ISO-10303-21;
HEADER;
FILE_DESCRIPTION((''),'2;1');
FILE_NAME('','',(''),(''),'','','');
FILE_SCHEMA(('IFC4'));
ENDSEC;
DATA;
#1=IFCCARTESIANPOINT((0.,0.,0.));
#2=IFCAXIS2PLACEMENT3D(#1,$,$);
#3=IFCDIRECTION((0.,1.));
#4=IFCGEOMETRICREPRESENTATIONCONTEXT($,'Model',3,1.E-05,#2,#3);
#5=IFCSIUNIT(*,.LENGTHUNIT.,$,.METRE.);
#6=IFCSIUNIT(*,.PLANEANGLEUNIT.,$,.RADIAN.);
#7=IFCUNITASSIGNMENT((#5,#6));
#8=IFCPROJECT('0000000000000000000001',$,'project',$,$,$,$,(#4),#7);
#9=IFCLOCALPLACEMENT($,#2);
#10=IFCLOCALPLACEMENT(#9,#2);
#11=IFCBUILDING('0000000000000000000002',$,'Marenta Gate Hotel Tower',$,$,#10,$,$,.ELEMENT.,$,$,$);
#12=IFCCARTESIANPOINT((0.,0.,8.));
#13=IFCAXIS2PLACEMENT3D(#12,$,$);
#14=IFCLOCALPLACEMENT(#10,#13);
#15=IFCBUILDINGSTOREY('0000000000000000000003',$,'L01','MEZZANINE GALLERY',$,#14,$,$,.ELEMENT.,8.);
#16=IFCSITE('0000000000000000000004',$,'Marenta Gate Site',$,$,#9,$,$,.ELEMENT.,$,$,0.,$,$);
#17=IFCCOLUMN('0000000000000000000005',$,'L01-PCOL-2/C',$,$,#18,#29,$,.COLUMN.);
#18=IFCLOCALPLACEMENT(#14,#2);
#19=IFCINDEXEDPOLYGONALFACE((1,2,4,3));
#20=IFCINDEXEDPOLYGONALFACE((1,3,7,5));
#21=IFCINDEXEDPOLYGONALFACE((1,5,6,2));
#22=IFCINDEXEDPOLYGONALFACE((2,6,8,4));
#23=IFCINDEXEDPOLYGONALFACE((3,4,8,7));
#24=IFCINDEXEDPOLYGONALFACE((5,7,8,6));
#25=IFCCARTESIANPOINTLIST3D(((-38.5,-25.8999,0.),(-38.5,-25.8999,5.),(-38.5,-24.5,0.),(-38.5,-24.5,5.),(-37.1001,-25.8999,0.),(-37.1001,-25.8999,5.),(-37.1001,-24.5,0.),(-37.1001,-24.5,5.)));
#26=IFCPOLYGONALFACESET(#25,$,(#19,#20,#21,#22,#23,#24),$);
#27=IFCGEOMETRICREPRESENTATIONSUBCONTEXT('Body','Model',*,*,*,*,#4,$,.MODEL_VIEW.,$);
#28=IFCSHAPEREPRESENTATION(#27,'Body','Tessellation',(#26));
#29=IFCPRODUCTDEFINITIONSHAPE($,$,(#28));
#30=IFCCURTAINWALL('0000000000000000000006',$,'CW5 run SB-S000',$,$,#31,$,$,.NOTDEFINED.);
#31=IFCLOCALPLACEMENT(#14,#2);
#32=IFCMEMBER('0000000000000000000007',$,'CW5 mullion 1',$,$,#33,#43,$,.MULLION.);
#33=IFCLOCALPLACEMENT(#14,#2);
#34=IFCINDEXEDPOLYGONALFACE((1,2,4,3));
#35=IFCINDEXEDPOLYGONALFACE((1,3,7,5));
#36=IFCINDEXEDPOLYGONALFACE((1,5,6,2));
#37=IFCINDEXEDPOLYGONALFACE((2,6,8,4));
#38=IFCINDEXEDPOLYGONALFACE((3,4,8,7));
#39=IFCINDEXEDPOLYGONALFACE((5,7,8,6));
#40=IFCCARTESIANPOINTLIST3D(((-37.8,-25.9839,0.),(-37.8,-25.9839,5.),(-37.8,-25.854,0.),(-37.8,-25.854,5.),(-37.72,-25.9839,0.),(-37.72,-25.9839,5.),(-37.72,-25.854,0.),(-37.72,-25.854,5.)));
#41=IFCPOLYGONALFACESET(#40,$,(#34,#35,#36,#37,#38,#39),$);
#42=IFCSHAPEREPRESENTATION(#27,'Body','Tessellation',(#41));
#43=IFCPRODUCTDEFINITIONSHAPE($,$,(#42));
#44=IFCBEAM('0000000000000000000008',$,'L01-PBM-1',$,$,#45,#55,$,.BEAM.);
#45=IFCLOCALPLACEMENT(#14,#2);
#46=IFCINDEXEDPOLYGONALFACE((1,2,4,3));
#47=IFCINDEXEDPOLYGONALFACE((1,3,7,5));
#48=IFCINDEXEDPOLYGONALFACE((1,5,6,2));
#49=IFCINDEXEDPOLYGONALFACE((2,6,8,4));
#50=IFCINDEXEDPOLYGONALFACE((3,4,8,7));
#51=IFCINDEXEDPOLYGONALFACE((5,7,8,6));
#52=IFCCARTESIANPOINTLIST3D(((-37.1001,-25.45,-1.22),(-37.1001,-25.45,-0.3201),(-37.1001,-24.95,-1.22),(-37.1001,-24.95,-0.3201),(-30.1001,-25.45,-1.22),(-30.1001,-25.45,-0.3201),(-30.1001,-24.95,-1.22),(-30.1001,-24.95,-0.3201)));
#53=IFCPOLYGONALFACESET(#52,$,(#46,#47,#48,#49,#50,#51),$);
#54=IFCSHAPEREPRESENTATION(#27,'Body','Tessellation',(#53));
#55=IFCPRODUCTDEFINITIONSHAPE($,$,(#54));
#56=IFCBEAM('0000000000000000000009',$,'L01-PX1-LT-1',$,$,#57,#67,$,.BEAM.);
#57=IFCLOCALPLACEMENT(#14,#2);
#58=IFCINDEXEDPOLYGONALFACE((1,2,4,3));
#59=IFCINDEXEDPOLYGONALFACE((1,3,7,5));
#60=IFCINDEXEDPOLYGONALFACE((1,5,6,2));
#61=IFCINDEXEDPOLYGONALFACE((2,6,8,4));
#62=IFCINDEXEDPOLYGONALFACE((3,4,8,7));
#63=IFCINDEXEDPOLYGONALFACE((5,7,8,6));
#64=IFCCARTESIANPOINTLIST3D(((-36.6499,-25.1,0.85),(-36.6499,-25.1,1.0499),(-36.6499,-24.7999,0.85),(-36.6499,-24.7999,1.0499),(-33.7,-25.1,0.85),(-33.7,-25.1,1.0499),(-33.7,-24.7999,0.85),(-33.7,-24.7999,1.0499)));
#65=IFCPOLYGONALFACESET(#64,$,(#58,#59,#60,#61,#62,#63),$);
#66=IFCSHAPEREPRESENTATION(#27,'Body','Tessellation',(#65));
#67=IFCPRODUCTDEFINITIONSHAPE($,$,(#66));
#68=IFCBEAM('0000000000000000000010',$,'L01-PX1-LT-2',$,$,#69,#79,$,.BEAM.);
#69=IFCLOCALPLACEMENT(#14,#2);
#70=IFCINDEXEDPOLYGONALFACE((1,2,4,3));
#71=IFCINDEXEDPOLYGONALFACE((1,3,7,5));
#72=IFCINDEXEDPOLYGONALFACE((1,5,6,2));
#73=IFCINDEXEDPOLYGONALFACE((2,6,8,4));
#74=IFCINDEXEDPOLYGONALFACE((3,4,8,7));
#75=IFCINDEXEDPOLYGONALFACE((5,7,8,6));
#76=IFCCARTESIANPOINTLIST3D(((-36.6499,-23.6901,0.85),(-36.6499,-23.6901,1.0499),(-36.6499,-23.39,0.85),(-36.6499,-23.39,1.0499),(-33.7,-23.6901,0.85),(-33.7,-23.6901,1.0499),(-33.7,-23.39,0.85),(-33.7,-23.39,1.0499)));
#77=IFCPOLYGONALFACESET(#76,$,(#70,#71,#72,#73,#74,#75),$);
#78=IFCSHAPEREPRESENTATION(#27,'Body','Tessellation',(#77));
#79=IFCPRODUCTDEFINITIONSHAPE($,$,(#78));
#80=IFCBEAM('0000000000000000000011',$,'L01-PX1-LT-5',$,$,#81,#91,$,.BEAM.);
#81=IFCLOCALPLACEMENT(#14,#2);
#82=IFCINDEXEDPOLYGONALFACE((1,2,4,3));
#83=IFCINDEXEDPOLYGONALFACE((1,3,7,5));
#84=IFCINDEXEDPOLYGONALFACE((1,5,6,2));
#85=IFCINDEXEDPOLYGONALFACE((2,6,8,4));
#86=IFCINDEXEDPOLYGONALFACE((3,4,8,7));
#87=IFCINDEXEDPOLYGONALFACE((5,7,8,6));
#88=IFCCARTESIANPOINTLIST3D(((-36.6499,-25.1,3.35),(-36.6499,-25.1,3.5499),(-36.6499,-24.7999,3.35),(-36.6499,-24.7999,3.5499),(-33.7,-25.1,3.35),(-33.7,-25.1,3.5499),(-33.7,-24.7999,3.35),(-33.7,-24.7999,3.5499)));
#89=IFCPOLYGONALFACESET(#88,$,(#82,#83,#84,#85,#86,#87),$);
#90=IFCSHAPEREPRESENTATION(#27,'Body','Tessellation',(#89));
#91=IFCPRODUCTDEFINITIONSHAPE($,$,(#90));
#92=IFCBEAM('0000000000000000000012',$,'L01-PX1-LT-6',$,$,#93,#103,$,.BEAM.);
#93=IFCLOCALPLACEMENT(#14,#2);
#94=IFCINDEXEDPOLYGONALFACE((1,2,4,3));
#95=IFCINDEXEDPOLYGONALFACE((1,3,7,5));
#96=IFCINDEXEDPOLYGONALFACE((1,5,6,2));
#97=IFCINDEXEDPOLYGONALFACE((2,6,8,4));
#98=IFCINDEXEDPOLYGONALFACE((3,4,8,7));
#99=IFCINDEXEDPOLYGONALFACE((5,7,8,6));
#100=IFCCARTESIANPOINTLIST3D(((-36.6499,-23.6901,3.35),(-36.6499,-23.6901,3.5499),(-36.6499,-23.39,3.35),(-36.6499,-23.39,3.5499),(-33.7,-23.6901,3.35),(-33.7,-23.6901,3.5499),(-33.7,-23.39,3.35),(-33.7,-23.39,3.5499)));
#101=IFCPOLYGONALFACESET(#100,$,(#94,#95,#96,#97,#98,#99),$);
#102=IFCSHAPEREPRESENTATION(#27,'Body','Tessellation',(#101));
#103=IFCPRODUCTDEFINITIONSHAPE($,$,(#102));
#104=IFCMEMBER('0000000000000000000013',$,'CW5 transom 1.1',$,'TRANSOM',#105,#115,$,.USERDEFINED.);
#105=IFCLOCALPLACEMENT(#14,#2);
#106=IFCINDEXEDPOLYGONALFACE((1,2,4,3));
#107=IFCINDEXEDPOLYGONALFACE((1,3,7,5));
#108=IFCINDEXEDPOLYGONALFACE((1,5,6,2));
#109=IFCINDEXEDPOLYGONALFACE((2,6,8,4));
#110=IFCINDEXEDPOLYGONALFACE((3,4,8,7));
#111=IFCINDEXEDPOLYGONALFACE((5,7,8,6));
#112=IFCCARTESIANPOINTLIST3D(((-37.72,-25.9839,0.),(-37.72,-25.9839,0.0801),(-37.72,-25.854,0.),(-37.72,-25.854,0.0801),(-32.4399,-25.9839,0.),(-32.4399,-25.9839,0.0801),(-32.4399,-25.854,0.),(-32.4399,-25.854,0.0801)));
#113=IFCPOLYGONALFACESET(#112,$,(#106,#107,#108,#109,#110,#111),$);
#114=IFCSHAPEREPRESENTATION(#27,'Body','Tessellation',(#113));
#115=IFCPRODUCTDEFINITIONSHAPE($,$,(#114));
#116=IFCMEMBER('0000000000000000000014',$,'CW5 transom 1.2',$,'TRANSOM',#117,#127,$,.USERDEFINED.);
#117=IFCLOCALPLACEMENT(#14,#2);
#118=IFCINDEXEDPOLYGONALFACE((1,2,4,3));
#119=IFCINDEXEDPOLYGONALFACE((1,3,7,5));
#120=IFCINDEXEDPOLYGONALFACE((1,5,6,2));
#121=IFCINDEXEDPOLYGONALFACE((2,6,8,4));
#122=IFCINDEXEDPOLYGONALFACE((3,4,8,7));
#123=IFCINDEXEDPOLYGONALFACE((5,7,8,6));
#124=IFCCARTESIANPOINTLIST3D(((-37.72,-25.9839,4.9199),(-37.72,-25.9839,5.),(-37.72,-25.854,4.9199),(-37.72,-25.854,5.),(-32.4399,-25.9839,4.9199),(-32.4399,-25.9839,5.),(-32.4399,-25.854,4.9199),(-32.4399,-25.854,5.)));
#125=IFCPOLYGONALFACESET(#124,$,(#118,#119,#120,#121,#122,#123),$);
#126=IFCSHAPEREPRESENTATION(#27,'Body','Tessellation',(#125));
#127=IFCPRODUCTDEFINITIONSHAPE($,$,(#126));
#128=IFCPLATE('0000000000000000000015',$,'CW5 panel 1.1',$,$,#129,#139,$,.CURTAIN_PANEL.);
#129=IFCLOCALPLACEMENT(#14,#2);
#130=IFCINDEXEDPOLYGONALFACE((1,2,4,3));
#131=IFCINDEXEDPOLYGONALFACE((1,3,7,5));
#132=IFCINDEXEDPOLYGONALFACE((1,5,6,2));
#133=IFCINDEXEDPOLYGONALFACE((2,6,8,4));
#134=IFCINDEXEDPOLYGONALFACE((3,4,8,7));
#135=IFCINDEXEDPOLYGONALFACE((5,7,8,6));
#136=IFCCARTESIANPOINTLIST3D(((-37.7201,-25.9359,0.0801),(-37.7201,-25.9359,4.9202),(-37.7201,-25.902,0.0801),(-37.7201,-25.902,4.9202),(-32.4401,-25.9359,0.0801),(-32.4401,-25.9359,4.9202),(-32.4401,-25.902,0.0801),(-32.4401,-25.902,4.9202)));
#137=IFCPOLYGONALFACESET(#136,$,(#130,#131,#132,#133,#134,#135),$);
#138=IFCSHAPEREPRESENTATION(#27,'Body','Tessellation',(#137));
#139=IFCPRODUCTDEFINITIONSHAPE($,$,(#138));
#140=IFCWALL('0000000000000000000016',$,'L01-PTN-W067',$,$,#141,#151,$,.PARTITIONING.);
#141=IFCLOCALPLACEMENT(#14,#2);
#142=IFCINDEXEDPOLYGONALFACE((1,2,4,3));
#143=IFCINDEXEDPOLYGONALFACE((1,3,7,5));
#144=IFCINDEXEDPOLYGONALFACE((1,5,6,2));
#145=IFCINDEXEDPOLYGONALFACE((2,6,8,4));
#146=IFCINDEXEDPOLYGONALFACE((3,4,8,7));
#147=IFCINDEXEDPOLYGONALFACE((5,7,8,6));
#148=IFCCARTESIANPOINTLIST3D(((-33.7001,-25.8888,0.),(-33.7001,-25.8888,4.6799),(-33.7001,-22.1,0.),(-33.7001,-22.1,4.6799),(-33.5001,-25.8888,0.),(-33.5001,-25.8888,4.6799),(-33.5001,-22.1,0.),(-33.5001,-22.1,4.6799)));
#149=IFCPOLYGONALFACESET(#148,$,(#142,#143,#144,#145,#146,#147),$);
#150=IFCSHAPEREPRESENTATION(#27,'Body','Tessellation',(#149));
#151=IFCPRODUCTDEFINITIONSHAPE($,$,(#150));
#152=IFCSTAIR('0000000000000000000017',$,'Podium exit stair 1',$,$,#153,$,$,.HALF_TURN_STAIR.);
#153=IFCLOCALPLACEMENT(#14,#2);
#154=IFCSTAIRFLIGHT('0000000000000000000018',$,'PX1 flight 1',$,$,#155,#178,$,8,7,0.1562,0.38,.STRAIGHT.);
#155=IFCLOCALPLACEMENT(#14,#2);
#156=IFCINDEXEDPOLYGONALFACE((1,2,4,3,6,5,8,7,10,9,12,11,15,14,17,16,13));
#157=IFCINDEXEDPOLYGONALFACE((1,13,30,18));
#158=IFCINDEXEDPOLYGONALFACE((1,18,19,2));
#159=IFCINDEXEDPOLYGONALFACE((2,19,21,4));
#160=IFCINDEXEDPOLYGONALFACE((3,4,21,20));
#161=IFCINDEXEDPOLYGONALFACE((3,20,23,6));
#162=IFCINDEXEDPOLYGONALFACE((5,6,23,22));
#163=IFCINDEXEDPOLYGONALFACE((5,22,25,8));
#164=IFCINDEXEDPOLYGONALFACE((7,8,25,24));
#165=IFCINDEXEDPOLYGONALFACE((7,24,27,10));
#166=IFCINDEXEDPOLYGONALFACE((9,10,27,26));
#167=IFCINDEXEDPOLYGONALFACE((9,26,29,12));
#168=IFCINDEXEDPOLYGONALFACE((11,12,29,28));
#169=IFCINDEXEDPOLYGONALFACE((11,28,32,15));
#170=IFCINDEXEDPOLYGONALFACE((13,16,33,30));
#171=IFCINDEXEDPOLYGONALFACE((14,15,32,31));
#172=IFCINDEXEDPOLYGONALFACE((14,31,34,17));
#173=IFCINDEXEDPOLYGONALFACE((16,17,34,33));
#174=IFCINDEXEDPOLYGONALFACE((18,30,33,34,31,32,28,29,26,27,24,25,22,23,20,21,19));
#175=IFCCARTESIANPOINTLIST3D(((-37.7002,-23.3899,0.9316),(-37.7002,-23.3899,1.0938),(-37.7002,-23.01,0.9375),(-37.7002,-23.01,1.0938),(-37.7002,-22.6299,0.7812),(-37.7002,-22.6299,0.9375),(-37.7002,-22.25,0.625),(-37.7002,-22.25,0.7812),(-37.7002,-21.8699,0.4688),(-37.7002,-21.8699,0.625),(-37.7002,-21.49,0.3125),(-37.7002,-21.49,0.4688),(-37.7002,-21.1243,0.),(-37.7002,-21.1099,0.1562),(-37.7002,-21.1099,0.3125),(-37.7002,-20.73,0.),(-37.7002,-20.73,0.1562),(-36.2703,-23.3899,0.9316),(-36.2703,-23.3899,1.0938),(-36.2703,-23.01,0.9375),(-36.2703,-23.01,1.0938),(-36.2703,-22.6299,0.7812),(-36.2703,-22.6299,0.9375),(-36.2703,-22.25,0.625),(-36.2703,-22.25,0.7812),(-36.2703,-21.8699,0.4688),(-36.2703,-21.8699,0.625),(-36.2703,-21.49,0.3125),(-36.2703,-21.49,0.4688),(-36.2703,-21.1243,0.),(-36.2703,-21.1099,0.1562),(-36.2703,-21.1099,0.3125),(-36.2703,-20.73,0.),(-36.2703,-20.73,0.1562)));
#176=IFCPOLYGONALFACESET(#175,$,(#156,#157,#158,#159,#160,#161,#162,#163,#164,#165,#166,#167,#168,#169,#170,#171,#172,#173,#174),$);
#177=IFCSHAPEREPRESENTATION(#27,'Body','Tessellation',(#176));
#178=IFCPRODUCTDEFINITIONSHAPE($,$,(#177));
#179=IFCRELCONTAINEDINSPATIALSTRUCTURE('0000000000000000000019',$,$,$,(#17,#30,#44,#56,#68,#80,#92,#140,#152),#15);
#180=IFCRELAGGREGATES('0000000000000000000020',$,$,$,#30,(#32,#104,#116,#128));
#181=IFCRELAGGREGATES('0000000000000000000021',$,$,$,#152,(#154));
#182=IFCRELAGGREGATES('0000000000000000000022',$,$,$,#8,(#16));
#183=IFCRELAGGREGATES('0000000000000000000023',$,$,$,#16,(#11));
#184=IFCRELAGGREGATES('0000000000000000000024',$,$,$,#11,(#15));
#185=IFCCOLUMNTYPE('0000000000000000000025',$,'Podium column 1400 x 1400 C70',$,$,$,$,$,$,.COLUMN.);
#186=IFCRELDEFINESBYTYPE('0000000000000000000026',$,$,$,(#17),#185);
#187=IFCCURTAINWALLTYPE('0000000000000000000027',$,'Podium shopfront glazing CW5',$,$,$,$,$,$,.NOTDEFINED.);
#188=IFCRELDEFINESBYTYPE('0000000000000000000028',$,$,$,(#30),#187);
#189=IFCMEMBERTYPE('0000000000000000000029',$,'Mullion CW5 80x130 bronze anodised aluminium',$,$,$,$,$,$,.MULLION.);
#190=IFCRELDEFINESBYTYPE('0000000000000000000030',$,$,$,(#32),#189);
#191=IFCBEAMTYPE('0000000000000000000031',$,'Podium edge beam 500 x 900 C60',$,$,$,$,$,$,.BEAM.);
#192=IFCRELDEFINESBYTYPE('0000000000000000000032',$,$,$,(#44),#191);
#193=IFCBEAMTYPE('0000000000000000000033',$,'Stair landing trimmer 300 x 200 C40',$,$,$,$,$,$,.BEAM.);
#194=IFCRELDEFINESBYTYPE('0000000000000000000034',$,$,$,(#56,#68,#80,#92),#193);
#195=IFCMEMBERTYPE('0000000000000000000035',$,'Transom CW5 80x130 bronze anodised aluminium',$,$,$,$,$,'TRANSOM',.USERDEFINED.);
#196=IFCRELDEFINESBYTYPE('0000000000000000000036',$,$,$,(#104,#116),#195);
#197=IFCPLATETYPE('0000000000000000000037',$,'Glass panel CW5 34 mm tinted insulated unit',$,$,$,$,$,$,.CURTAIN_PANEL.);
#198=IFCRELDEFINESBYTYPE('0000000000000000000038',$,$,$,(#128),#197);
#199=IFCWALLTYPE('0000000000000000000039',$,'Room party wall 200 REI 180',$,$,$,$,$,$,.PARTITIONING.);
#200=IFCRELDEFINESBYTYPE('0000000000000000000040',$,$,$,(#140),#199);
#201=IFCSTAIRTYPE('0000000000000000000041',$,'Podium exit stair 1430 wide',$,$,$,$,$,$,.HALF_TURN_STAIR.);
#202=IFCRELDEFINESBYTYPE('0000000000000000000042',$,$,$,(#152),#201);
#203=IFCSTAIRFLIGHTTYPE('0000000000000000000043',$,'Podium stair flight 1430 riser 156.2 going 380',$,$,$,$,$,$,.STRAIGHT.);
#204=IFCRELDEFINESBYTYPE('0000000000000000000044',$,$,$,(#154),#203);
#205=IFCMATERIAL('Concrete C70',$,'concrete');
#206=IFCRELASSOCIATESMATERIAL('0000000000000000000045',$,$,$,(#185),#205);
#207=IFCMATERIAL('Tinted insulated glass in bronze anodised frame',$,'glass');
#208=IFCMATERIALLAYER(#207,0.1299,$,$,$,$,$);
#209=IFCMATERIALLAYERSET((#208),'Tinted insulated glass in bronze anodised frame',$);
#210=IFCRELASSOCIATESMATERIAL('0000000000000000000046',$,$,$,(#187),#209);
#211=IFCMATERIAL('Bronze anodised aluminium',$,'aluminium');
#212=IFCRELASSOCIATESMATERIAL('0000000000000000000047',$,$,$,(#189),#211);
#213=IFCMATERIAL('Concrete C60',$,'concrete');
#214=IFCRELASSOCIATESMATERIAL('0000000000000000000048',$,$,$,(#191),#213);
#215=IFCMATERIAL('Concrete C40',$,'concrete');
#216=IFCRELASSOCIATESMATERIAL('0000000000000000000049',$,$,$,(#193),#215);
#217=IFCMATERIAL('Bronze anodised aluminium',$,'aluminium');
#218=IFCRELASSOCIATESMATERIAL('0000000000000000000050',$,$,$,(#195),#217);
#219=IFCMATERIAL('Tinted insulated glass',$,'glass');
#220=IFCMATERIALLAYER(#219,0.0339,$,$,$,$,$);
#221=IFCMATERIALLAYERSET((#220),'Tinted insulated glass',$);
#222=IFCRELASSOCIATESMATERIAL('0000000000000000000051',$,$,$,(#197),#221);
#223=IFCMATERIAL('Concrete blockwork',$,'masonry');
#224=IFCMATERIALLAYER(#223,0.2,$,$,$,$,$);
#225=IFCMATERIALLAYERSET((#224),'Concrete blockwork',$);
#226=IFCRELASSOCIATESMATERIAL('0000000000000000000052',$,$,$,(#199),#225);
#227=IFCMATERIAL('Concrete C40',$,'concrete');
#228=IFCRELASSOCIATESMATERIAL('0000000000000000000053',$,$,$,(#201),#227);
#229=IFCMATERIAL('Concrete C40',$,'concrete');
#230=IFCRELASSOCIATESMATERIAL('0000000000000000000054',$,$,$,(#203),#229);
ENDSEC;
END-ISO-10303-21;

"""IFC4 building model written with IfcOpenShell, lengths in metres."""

from ifc_helpers import new_model, si_unit, direction, frame, frame_2d, origin, origin_2d, place, context, subcontext, project, spatial, polyline, rectangle, outline, extrude, material, layer, layer_set, material_profile, profile_set, type_object, element, aggregate, save


model = new_model("IFC4")

# Units and contexts
model_context = context("Model", 3, precision=1e-05, world=origin(), true_north=direction((0.0, 1.0)))
body_context = subcontext(model_context, "Body", "Model", "MODEL_VIEW")
ifc_project = project(units=[si_unit("LENGTHUNIT", "METRE"), si_unit("PLANEANGLEUNIT", "RADIAN")], contexts=[model_context])

# Site, building, storey
site_placement = place(None, origin())
site = spatial("IfcSite", under=ifc_project, at=site_placement, Name="Marenta Gate Site", CompositionType="ELEMENT", RefElevation=0.0)
building_placement = place(site_placement, origin())
building = spatial("IfcBuilding", under=site, at=building_placement, Name="Marenta Gate Hotel Tower", CompositionType="ELEMENT")
storey_placement = place(building_placement, frame((0.0, 0.0, 8.0)))
storey = spatial("IfcBuildingStorey", under=building, at=storey_placement, Name="L01", Description="MEZZANINE GALLERY", CompositionType="ELEMENT", Elevation=8.0)

# Column
ifc_material_1 = material(Name="Concrete C70", Category="concrete")
ifc_material_profile_1 = material_profile(ifc_material_1, rectangle(XDim=1.3999, YDim=1.3999, at=origin_2d()), Name="1400 x 1400")
ifc_profile_set_1 = profile_set([ifc_material_profile_1], Name="Concrete C70")
column_type = type_object("IfcColumnType", Name="Podium column 1400 x 1400 C70", PredefinedType="COLUMN", material=ifc_profile_set_1)
column_placement = place(storey_placement, frame((-37.8, -25.2, 0.0), z_axis=(0.0, 0.0, 1.0), x_axis=(1.0, 0.0, 0.0)))
element("IfcColumn", 1, at=column_placement, inside=storey, type_object=column_type, Name="L01-PCOL-2/C", PredefinedType="COLUMN", context=body_context, shape_type="SweptSolid", body=[
    extrude(rectangle(XDim=1.3999, YDim=1.3999, at=origin_2d()), origin(), (0.0, 0.0, 1.0), 5.0),
])

# Curtain wall, member
ifc_material_2 = material(Name="Tinted insulated glass in bronze anodised frame", Category="glass")
ifc_layer_1 = layer(ifc_material_2, 0.1299)
ifc_layer_set_1 = layer_set([ifc_layer_1], Name="Tinted insulated glass in bronze anodised frame")
curtain_wall_type = type_object("IfcCurtainWallType", Name="Podium shopfront glazing CW5", PredefinedType="NOTDEFINED", material=ifc_layer_set_1)
curtain_wall_placement = place(storey_placement, origin())
curtain_wall = element("IfcCurtainWall", 2, at=curtain_wall_placement, inside=storey, type_object=curtain_wall_type, Name="CW5 run SB-S000", PredefinedType="NOTDEFINED")
ifc_material_3 = material(Name="Bronze anodised aluminium", Category="aluminium")
ifc_material_profile_2 = material_profile(ifc_material_3, rectangle(XDim=0.1299, YDim=0.0801, at=origin_2d()), Name="Mullion CW5 80x130 bronze anodised aluminium")
ifc_profile_set_2 = profile_set([ifc_material_profile_2], Name="Bronze anodised aluminium")
member_type_1 = type_object("IfcMemberType", Name="Mullion CW5 80x130 bronze anodised aluminium", PredefinedType="MULLION", material=ifc_profile_set_2)
member_1_placement = place(storey_placement, frame((-37.76, -25.9189, 0.0), z_axis=(0.0, 0.0, 1.0), x_axis=(0.0, 1.0, 0.0)))
member_1 = element("IfcMember", 3, at=member_1_placement, type_object=member_type_1, Name="CW5 mullion 1", PredefinedType="MULLION", context=body_context, shape_type="SweptSolid", body=[
    extrude(rectangle(XDim=0.1299, YDim=0.0801, at=origin_2d()), origin(), (0.0, 0.0, 1.0), 5.0),
])

# Beams
ifc_material_4 = material(Name="Concrete C60", Category="concrete")
ifc_material_profile_3 = material_profile(ifc_material_4, rectangle(XDim=0.5, YDim=0.8999, at=origin_2d()), Name="500 x 900")
ifc_profile_set_3 = profile_set([ifc_material_profile_3], Name="Concrete C60")
beam_type_1 = type_object("IfcBeamType", Name="Podium edge beam 500 x 900 C60", PredefinedType="BEAM", material=ifc_profile_set_3)
beam_placement = place(storey_placement, frame((-37.1001, -25.2, -0.77), z_axis=(1.0, 0.0, 0.0), x_axis=(0.0, 1.0, 0.0)))
element("IfcBeam", 4, at=beam_placement, inside=storey, type_object=beam_type_1, Name="L01-PBM-1", PredefinedType="BEAM", context=body_context, shape_type="SweptSolid", body=[
    extrude(rectangle(XDim=0.5, YDim=0.8999, at=origin_2d()), origin(), (0.0, 0.0, 1.0), 7.0),
])
ifc_material_5 = material(Name="Concrete C40", Category="concrete")
ifc_material_profile_4 = material_profile(ifc_material_5, rectangle(XDim=0.3, YDim=0.2, at=origin_2d()), Name="300 x 200")
ifc_profile_set_4 = profile_set([ifc_material_profile_4], Name="Concrete C40")
beam_type_2 = type_object("IfcBeamType", Name="Stair landing trimmer 300 x 200 C40", PredefinedType="BEAM", material=ifc_profile_set_4)
for number, where, z_axis, x_axis, name in (
    (5, (-36.6499, -24.95, 0.95), (1.0, 0.0, 0.0), (0.0, 1.0, 0.0), "L01-PX1-LT-1"),
    (6, (-36.6499, -23.54, 0.95), (1.0, 0.0, 0.0), (0.0, 1.0, 0.0), "L01-PX1-LT-2"),
    (7, (-36.6499, -24.95, 3.45), (1.0, 0.0, 0.0), (0.0, 1.0, 0.0), "L01-PX1-LT-5"),
    (8, (-36.6499, -23.54, 3.45), (1.0, 0.0, 0.0), (0.0, 1.0, 0.0), "L01-PX1-LT-6"),
):
    element("IfcBeam", number, at=place(storey_placement, frame(where, z_axis=z_axis, x_axis=x_axis)), inside=storey, type_object=beam_type_2, Name=name, PredefinedType="BEAM", context=body_context, shape_type="SweptSolid", body=[
        extrude(rectangle(XDim=0.3, YDim=0.2, at=origin_2d()), origin(), (0.0, 0.0, 1.0), 2.95),
    ])

# Members
ifc_material_6 = material(Name="Bronze anodised aluminium", Category="aluminium")
ifc_material_profile_5 = material_profile(ifc_material_6, rectangle(XDim=0.1299, YDim=0.0801, at=origin_2d()), Name="Transom CW5 80x130 bronze anodised aluminium")
ifc_profile_set_5 = profile_set([ifc_material_profile_5], Name="Bronze anodised aluminium")
member_type_2 = type_object("IfcMemberType", Name="Transom CW5 80x130 bronze anodised aluminium", ElementType="TRANSOM", PredefinedType="USERDEFINED", material=ifc_profile_set_5)
member_2_placement = place(storey_placement, frame((-37.72, -25.9189, 0.04), z_axis=(1.0, 0.0, 0.0), x_axis=(0.0, 1.0, 0.0)))
member_2 = element("IfcMember", 9, at=member_2_placement, type_object=member_type_2, Name="CW5 transom 1.1", ObjectType="TRANSOM", PredefinedType="USERDEFINED", context=body_context, shape_type="SweptSolid", body=[
    extrude(rectangle(XDim=0.1299, YDim=0.0801, at=origin_2d()), origin(), (0.0, 0.0, 1.0), 5.28),
])
member_3_placement = place(storey_placement, frame((-37.72, -25.9189, 4.96), z_axis=(1.0, 0.0, 0.0), x_axis=(0.0, 1.0, 0.0)))
member_3 = element("IfcMember", 10, at=member_3_placement, type_object=member_type_2, Name="CW5 transom 1.2", ObjectType="TRANSOM", PredefinedType="USERDEFINED", context=body_context, shape_type="SweptSolid", body=[
    extrude(rectangle(XDim=0.1299, YDim=0.0801, at=origin_2d()), origin(), (0.0, 0.0, 1.0), 5.28),
])

# Plate
ifc_material_7 = material(Name="Tinted insulated glass", Category="glass")
ifc_layer_2 = layer(ifc_material_7, 0.0339)
ifc_layer_set_2 = layer_set([ifc_layer_2], Name="Tinted insulated glass")
plate_type = type_object("IfcPlateType", Name="Glass panel CW5 34 mm tinted insulated unit", PredefinedType="CURTAIN_PANEL", material=ifc_layer_set_2)
plate_placement = place(storey_placement, frame((-35.0801, -25.9189, 0.0801), z_axis=(0.0, 0.0, 1.0), x_axis=(1.0, 0.0, 0.0)))
plate = element("IfcPlate", 11, at=plate_placement, type_object=plate_type, Name="CW5 panel 1.1", PredefinedType="CURTAIN_PANEL", context=body_context, shape_type="SweptSolid", body=[
    extrude(rectangle(XDim=5.28, YDim=0.0339, at=origin_2d()), origin(), (0.0, 0.0, 1.0), 4.8401),
])
aggregate(curtain_wall, [member_1, member_2, member_3, plate])

# Wall
ifc_material_8 = material(Name="Concrete blockwork", Category="masonry")
ifc_layer_3 = layer(ifc_material_8, 0.2)
ifc_layer_set_3 = layer_set([ifc_layer_3], Name="Concrete blockwork")
wall_type_1 = type_object("IfcWallType", Name="Room party wall 200 REI 180", PredefinedType="PARTITIONING", material=ifc_layer_set_3)
wall_1_placement = place(storey_placement, frame((-33.6001, -25.8889, 0.0), z_axis=(0.0, 0.0, 1.0), x_axis=(0.0, 1.0, 0.0)))
element("IfcWall", 12, at=wall_1_placement, inside=storey, type_object=wall_type_1, Name="L01-PTN-W067", PredefinedType="PARTITIONING", context=body_context, shape_type="SweptSolid", body=[
    extrude(rectangle(XDim=3.7888, YDim=0.2, at=frame_2d((1.8945, 0.0))), origin(), (0.0, 0.0, 1.0), 4.6799),
])

# Stair, stair flight
ifc_material_9 = material(Name="Concrete C40", Category="concrete")
stair_type = type_object("IfcStairType", Name="Podium exit stair 1430 wide", PredefinedType="HALF_TURN_STAIR", material=ifc_material_9)
stair_placement = place(storey_placement, origin())
stair = element("IfcStair", 13, at=stair_placement, inside=storey, type_object=stair_type, Name="Podium exit stair 1", PredefinedType="HALF_TURN_STAIR")
ifc_material_10 = material(Name="Concrete C40", Category="concrete")
stair_flight_type = type_object("IfcStairFlightType", Name="Podium stair flight 1430 riser 156.2 going 380", PredefinedType="STRAIGHT", material=ifc_material_10)
stair_flight_1_placement = place(storey_placement, frame((-36.9851, -20.73, 0.0), z_axis=(0.0, 0.0, 1.0), x_axis=(0.0, -1.0, 0.0)))
stair_flight_1 = element("IfcStairFlight", 14, at=stair_flight_1_placement, type_object=stair_flight_type, Name="PX1 flight 1", NumberOfRisers=8, NumberOfTreads=7, PredefinedType="STRAIGHT", RiserHeight=0.1562, TreadLength=0.38, context=body_context, shape_type="SweptSolid", body=[
    extrude(outline(polyline([(0.0, 0.0), (0.0, 0.1562), (0.3799, 0.1562), (0.3799, 0.3125), (0.76, 0.3125), (0.76, 0.4688), (1.1399, 0.4688), (1.1399, 0.625), (1.52, 0.625), (1.52, 0.7812), (1.8999, 0.7812), (1.8999, 0.9375), (2.28, 0.9375), (2.28, 1.0938), (2.6599, 1.0938), (2.6599, 1.25), (2.6599, 0.9316), (0.3943, 0.0), (0.0, 0.0)])), frame((0.0, 0.7148, 0.0), z_axis=(0.0, -1.0, 0.0), x_axis=(1.0, 0.0, 0.0)), (0.0, 0.0, 1.0), 1.4299),
])
aggregate(stair, [stair_flight_1])

save(model, "model.ifc")
